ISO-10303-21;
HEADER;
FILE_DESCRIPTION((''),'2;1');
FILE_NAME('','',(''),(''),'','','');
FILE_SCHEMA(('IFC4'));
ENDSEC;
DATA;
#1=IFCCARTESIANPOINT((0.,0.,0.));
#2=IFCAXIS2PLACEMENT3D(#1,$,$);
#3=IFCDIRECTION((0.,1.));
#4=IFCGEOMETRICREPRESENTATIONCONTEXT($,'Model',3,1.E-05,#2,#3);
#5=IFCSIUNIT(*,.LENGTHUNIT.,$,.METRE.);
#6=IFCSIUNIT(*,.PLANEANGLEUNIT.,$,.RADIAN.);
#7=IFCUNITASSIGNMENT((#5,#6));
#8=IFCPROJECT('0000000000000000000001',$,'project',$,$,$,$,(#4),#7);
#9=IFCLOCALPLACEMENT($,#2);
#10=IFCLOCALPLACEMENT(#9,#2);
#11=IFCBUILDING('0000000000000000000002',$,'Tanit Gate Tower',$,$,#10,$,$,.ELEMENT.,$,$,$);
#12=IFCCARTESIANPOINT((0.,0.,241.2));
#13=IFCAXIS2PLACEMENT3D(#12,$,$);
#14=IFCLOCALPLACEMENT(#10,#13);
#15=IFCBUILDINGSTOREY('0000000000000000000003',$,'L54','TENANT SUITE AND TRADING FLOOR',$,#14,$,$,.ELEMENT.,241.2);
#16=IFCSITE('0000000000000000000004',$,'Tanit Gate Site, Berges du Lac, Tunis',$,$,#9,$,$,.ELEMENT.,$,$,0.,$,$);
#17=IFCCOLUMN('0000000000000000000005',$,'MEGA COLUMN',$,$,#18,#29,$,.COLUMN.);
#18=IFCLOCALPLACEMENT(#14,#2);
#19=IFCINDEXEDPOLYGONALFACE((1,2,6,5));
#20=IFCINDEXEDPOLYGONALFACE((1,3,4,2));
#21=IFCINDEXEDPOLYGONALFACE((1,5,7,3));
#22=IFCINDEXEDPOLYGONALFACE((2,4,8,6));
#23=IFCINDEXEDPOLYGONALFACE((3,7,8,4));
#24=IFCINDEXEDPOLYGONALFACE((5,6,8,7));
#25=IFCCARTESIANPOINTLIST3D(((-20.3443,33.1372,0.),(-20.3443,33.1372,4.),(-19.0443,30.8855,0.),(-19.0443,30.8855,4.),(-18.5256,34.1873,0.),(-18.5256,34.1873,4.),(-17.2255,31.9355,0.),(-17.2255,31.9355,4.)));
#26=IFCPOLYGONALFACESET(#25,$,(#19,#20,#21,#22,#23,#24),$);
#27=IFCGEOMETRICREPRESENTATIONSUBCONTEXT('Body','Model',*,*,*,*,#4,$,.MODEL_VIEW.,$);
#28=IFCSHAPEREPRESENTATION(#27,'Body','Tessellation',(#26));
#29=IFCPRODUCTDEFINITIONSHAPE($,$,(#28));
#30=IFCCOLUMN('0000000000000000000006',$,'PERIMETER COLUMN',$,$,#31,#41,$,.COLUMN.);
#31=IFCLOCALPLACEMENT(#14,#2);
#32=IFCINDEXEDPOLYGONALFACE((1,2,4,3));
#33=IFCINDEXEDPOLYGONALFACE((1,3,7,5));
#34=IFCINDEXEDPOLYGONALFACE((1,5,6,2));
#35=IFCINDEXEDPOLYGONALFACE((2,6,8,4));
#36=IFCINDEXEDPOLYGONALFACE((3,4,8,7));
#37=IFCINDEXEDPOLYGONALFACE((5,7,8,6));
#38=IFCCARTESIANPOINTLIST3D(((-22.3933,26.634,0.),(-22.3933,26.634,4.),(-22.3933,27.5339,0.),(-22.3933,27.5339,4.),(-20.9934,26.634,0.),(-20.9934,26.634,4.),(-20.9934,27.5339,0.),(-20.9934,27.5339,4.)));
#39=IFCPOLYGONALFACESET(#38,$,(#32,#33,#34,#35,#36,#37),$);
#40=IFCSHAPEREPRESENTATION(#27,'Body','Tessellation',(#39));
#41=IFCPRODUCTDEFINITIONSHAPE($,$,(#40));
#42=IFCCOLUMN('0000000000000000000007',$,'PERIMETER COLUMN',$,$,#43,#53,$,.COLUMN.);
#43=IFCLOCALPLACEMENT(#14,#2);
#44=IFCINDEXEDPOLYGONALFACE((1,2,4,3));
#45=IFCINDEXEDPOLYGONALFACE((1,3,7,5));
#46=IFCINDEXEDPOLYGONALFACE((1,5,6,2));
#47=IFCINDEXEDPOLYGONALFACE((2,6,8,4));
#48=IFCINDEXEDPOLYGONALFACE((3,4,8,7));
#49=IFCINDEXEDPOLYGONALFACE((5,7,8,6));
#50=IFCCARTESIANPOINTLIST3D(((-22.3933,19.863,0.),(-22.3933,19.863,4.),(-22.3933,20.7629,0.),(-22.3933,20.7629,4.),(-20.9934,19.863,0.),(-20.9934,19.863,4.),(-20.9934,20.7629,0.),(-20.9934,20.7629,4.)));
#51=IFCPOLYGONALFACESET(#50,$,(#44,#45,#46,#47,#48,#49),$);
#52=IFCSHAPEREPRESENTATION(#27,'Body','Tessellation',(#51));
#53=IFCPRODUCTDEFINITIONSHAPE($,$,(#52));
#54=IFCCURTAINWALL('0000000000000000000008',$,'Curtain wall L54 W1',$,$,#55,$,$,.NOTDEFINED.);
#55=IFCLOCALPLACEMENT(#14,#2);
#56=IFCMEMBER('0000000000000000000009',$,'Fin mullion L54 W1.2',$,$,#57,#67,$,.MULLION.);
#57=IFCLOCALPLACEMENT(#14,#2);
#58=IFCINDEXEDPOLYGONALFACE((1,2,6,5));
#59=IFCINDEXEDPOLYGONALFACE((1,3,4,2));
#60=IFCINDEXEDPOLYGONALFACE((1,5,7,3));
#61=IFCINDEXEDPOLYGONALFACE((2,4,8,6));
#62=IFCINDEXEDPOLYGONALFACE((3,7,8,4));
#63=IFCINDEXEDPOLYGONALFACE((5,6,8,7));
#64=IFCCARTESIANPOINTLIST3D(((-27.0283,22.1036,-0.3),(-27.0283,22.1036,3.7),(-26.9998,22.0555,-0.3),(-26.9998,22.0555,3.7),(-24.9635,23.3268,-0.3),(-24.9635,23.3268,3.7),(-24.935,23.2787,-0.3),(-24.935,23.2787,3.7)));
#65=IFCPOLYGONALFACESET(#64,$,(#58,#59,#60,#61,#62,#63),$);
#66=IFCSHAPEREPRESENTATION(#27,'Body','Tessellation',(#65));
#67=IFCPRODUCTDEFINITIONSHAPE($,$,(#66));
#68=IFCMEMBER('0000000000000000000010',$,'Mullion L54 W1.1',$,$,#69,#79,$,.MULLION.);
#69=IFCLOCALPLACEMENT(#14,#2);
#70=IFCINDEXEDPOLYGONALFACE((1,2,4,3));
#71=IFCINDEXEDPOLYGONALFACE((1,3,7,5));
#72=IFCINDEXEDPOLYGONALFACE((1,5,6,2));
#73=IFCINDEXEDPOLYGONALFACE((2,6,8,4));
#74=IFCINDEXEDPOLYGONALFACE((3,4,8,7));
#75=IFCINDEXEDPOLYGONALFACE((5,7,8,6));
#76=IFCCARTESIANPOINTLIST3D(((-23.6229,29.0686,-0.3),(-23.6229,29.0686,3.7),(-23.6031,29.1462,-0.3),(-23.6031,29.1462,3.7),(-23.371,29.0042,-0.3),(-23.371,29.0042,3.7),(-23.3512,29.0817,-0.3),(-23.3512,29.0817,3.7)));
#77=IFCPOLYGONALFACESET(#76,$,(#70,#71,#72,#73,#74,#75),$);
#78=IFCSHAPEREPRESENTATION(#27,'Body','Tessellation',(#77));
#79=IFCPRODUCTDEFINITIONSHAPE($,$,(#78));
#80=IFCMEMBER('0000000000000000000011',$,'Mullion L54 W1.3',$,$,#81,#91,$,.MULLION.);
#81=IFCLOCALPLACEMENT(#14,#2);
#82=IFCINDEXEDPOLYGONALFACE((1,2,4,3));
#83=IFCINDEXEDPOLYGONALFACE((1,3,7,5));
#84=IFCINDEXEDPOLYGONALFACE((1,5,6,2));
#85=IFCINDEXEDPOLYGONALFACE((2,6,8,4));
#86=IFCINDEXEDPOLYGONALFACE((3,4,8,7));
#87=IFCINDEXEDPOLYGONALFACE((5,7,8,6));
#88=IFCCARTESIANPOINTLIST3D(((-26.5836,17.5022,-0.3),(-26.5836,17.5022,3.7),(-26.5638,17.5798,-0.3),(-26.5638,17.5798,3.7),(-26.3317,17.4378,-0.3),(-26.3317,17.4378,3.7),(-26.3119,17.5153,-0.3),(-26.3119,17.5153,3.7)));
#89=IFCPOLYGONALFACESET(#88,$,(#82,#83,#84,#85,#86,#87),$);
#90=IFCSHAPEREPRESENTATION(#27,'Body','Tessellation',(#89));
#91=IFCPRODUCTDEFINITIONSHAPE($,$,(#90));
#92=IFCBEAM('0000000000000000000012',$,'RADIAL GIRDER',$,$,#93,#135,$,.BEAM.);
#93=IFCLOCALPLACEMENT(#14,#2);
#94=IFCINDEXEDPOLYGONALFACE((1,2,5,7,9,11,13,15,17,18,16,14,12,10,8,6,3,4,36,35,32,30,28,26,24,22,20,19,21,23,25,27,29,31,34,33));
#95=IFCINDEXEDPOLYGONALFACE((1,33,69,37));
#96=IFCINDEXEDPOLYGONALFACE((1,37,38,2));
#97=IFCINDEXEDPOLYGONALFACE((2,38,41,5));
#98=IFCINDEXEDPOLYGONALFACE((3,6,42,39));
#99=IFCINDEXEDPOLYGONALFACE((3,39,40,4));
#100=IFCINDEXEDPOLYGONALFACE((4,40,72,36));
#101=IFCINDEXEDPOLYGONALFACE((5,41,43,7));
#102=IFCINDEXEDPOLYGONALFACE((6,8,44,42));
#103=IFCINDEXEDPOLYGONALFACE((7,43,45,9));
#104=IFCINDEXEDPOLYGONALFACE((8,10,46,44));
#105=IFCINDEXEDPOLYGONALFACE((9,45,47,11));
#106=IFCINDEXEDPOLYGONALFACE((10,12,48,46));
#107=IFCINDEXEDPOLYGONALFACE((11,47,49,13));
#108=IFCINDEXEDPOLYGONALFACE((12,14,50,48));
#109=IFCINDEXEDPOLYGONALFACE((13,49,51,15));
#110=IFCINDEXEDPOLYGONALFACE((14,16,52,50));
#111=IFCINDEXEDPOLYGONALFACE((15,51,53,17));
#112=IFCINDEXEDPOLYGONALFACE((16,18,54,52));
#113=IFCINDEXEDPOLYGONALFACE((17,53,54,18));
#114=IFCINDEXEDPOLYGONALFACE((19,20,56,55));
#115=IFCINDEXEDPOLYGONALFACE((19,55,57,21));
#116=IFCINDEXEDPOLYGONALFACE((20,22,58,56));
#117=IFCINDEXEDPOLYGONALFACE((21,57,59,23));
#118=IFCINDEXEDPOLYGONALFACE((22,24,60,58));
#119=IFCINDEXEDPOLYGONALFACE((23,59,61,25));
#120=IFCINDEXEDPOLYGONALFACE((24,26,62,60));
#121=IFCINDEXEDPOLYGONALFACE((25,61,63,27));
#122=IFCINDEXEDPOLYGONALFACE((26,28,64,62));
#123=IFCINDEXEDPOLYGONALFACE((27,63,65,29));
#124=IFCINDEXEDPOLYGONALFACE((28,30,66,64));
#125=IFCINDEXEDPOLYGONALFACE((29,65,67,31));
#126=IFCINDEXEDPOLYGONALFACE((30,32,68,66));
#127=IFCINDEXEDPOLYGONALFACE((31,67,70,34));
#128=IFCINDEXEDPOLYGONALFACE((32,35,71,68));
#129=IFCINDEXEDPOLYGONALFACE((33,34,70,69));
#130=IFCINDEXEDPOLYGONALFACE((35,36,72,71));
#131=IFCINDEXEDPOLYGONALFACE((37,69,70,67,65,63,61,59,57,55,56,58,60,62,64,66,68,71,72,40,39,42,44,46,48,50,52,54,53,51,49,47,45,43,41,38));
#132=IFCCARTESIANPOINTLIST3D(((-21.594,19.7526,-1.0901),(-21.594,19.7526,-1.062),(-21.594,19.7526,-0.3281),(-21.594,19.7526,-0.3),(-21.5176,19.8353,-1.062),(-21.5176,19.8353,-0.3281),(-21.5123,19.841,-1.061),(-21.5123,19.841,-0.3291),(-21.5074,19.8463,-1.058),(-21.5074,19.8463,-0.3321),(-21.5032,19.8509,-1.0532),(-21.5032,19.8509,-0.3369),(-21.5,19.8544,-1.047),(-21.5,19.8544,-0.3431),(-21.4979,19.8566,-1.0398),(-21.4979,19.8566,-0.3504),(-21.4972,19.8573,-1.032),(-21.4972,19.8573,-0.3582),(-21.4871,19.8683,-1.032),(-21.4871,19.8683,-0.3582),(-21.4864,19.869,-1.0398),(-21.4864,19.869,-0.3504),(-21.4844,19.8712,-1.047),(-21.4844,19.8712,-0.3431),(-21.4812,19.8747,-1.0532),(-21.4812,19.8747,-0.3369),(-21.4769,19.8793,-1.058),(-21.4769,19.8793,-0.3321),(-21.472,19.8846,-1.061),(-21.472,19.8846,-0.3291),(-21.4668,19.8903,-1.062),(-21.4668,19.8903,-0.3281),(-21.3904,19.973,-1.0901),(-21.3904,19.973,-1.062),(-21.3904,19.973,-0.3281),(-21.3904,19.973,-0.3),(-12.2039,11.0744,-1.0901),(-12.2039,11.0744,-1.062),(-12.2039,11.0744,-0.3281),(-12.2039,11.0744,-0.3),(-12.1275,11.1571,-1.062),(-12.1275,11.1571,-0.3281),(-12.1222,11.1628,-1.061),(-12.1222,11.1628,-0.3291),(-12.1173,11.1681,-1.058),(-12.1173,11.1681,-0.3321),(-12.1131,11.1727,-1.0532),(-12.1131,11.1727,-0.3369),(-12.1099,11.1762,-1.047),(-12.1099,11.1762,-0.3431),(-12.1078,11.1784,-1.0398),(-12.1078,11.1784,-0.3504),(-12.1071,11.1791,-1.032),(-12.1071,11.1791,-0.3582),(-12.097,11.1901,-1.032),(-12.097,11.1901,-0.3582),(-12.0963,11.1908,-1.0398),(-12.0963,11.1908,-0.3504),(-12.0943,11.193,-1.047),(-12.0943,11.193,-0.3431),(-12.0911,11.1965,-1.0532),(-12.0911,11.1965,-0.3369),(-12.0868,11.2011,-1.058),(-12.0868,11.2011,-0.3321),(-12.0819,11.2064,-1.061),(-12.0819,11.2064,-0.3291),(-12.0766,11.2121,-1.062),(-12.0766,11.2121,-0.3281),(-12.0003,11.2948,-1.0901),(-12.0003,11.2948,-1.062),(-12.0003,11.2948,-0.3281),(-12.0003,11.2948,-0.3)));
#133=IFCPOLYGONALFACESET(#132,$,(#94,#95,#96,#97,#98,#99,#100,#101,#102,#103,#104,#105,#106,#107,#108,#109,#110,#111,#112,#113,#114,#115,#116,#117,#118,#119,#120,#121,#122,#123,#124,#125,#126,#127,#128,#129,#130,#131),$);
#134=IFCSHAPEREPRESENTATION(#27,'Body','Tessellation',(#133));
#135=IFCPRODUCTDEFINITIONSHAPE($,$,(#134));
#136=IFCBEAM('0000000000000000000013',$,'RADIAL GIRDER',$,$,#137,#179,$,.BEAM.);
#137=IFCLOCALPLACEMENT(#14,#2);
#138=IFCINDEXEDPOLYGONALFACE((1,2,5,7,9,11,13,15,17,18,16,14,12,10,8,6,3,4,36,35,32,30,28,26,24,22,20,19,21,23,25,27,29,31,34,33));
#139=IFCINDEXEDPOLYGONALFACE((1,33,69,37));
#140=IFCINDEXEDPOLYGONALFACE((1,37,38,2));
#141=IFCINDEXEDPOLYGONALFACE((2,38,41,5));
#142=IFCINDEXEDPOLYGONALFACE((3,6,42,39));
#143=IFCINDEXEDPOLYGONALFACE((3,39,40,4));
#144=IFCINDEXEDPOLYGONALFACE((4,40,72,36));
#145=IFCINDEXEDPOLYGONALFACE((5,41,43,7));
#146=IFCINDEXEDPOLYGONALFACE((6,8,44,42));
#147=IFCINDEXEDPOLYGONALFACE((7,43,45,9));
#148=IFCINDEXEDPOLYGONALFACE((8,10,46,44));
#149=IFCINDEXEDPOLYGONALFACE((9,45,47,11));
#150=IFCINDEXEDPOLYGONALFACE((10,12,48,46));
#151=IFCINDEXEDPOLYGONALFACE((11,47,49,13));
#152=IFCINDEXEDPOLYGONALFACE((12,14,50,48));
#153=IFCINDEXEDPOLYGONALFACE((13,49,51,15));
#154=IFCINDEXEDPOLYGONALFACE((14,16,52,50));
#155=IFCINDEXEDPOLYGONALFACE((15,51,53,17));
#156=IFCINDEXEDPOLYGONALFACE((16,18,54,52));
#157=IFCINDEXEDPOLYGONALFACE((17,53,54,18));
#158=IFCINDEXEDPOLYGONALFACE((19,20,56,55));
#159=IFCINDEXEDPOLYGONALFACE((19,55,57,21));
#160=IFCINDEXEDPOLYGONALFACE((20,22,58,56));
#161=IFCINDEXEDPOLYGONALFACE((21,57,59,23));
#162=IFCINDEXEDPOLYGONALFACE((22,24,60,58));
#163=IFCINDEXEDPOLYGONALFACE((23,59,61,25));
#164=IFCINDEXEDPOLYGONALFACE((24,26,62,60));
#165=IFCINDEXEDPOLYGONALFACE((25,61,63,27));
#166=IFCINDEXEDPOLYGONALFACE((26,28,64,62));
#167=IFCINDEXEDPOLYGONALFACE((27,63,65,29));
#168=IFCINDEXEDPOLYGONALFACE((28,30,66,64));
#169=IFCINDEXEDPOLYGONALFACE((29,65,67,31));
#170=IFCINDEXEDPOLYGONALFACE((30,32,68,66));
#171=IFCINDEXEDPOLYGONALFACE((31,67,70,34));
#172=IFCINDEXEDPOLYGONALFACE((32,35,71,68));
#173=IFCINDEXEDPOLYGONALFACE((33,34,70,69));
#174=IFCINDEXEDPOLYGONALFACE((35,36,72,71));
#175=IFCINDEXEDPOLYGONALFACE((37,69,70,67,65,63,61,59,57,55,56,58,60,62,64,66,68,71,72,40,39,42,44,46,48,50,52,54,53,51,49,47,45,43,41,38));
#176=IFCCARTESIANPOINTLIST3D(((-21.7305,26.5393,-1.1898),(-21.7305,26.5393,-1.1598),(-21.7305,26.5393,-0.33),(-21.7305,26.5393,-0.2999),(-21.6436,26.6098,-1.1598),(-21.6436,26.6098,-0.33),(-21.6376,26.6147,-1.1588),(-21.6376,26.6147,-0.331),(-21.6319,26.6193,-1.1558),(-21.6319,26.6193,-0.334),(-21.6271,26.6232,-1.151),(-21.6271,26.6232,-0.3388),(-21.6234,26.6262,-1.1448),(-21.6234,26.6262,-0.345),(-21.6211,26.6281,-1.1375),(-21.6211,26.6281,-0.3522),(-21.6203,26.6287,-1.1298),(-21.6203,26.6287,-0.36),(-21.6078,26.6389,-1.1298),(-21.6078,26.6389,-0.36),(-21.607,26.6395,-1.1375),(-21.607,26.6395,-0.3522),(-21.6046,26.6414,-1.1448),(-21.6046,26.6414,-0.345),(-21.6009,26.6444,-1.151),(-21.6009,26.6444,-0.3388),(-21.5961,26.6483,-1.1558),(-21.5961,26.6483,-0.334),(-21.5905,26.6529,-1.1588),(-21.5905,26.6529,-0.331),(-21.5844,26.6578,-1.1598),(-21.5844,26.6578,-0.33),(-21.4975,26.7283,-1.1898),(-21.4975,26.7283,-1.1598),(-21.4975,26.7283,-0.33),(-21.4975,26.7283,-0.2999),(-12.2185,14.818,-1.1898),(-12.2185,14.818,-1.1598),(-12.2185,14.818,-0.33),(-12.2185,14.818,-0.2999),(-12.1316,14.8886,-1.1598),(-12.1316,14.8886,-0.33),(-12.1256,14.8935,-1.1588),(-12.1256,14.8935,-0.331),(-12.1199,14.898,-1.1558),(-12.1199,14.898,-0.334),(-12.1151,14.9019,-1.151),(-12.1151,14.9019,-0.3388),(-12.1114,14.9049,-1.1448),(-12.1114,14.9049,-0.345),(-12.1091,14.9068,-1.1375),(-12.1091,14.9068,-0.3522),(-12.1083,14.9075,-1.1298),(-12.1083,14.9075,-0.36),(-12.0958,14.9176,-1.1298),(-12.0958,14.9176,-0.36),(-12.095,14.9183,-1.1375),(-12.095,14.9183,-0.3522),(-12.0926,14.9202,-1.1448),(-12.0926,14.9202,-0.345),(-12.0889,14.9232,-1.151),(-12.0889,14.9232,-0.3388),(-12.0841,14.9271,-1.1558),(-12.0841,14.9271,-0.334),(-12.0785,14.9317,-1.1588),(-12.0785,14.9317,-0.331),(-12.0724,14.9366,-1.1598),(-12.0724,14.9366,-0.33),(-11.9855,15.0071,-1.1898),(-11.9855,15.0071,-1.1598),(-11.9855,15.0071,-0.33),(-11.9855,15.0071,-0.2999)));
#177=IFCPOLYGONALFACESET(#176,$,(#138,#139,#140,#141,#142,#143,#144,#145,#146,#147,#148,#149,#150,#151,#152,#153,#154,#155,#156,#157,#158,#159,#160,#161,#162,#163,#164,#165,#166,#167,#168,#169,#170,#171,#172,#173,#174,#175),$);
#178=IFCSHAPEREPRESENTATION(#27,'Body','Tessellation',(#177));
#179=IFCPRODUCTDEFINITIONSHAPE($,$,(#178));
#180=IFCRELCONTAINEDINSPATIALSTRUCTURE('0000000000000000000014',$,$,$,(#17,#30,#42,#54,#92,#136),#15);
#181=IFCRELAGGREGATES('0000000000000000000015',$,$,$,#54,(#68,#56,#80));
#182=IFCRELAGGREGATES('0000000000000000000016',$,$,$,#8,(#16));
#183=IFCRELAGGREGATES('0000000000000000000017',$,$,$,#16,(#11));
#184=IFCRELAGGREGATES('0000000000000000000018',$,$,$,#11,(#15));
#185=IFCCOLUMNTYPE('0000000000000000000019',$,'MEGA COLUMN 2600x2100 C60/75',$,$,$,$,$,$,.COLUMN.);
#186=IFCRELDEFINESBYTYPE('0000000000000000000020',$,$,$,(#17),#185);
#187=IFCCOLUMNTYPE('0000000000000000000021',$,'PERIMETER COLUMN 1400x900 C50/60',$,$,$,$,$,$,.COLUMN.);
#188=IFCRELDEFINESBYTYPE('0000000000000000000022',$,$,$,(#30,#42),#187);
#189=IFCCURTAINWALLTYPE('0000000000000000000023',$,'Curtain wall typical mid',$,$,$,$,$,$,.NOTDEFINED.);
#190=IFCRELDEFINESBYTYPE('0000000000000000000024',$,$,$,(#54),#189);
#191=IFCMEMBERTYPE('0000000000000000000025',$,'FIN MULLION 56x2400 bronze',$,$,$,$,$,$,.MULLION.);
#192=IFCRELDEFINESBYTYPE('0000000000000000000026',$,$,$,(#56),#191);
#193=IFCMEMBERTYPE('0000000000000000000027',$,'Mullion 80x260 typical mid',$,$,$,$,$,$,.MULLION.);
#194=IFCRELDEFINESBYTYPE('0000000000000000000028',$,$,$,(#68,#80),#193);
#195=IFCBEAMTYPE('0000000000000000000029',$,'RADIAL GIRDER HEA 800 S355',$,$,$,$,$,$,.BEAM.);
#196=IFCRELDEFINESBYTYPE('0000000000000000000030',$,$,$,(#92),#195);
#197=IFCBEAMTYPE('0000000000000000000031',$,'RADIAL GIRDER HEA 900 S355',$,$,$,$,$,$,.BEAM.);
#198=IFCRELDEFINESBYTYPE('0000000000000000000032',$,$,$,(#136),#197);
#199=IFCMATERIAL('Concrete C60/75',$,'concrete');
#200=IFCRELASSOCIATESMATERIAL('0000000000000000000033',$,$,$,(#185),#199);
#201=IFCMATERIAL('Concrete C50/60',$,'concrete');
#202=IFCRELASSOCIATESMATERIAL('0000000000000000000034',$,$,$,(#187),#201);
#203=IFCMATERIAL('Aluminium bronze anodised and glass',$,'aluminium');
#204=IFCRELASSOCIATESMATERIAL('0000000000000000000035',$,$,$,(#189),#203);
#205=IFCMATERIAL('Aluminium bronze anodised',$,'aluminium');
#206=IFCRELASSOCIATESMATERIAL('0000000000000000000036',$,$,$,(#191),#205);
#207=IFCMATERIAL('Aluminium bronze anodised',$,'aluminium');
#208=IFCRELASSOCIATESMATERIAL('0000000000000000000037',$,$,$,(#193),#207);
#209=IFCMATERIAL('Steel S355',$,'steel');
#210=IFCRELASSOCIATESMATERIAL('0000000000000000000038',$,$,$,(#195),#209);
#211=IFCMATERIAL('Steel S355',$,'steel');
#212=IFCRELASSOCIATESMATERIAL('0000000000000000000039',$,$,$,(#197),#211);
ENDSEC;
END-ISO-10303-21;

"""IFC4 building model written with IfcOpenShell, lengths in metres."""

from ifc_helpers import new_model, si_unit, direction, frame, origin, origin_2d, place, context, subcontext, project, spatial, rectangle, i_section, extrude, material, material_profile, profile_set, type_object, element, aggregate, save


model = new_model("IFC4")

# Units and contexts
model_context = context("Model", 3, precision=1e-05, world=origin(), true_north=direction((0.0, 1.0)))
body_context = subcontext(model_context, "Body", "Model", "MODEL_VIEW")
ifc_project = project(units=[si_unit("LENGTHUNIT", "METRE"), si_unit("PLANEANGLEUNIT", "RADIAN")], contexts=[model_context])

# Site, building, storey
site_placement = place(None, origin())
site = spatial("IfcSite", under=ifc_project, at=site_placement, Name="Tanit Gate Site, Berges du Lac, Tunis", CompositionType="ELEMENT", RefElevation=0.0)
building_placement = place(site_placement, origin())
building = spatial("IfcBuilding", under=site, at=building_placement, Name="Tanit Gate Tower", CompositionType="ELEMENT")
storey_placement = place(building_placement, frame((0.0, 0.0, 241.2)))
storey = spatial("IfcBuildingStorey", under=building, at=storey_placement, Name="L54", Description="TENANT SUITE AND TRADING FLOOR", CompositionType="ELEMENT", Elevation=241.2)

# Columns
ifc_material_1 = material(Name="Concrete C60/75", Category="concrete")
ifc_material_profile_1 = material_profile(ifc_material_1, rectangle(XDim=2.6001, YDim=2.1001, at=origin_2d()), Name="RC 2600x2100")
ifc_profile_set_1 = profile_set([ifc_material_profile_1], Name="Concrete C60/75")
column_type_1 = type_object("IfcColumnType", Name="MEGA COLUMN 2600x2100 C60/75", PredefinedType="COLUMN", material=ifc_profile_set_1)
column_placement = place(storey_placement, frame((-18.7849, 32.5364, 0.0), z_axis=(0.0, 0.0, 1.0), x_axis=(-0.5, 0.866025, 0.0)))
element("IfcColumn", 1, at=column_placement, inside=storey, type_object=column_type_1, Name="MEGA COLUMN", PredefinedType="COLUMN", context=body_context, shape_type="SweptSolid", body=[
    extrude(rectangle(XDim=2.6001, YDim=2.1001, at=origin_2d()), origin(), (0.0, 0.0, 1.0), 4.0),
])
ifc_material_2 = material(Name="Concrete C50/60", Category="concrete")
ifc_material_profile_2 = material_profile(ifc_material_2, rectangle(XDim=1.3999, YDim=0.8999, at=origin_2d()), Name="RC 1400x900")
ifc_profile_set_2 = profile_set([ifc_material_profile_2], Name="Concrete C50/60")
column_type_2 = type_object("IfcColumnType", Name="PERIMETER COLUMN 1400x900 C50/60", PredefinedType="COLUMN", material=ifc_profile_set_2)
for number, where, z_axis, x_axis, name in (
    (2, (-21.6934, 27.084, 0.0), (0.0, 0.0, 1.0), (-1.0, 0.0, 0.0), "PERIMETER COLUMN"),
    (3, (-21.6934, 20.313, 0.0), (0.0, 0.0, 1.0), (-1.0, 0.0, 0.0), "PERIMETER COLUMN"),
):
    element("IfcColumn", number, at=place(storey_placement, frame(where, z_axis=z_axis, x_axis=x_axis)), inside=storey, type_object=column_type_2, Name=name, PredefinedType="COLUMN", context=body_context, shape_type="SweptSolid", body=[
        extrude(rectangle(XDim=1.3999, YDim=0.8999, at=origin_2d()), origin(), (0.0, 0.0, 1.0), 4.0),
    ])

# Curtain wall, members
ifc_material_3 = material(Name="Aluminium bronze anodised and glass", Category="aluminium")
curtain_wall_type = type_object("IfcCurtainWallType", Name="Curtain wall typical mid", PredefinedType="NOTDEFINED", material=ifc_material_3)
curtain_wall_placement = place(storey_placement, origin())
curtain_wall = element("IfcCurtainWall", 4, at=curtain_wall_placement, inside=storey, type_object=curtain_wall_type, Name="Curtain wall L54 W1", PredefinedType="NOTDEFINED")
ifc_material_4 = material(Name="Aluminium bronze anodised", Category="aluminium")
ifc_material_profile_3 = material_profile(ifc_material_4, rectangle(XDim=2.3999, YDim=0.0559, at=origin_2d()), Name="56x2400 bronze fin mullion")
ifc_profile_set_3 = profile_set([ifc_material_profile_3], Name="Aluminium bronze anodised")
member_type_1 = type_object("IfcMemberType", Name="FIN MULLION 56x2400 bronze", PredefinedType="MULLION", material=ifc_profile_set_3)
member_1_placement = place(storey_placement, frame((-25.9817, 22.6912, -0.3), z_axis=(0.0, 0.0, 1.0), x_axis=(0.860366, 0.509678, 0.0)))
member_1 = element("IfcMember", 5, at=member_1_placement, type_object=member_type_1, Name="Fin mullion L54 W1.2", PredefinedType="MULLION", context=body_context, shape_type="SweptSolid", body=[
    extrude(rectangle(XDim=2.3999, YDim=0.0559, at=origin_2d()), origin(), (0.0, 0.0, 1.0), 4.0),
])
ifc_material_5 = material(Name="Aluminium bronze anodised", Category="aluminium")
ifc_material_profile_4 = material_profile(ifc_material_5, rectangle(XDim=0.26, YDim=0.0801, at=origin_2d()), Name="80x260 bronze mullion")
ifc_profile_set_4 = profile_set([ifc_material_profile_4], Name="Aluminium bronze anodised")
member_type_2 = type_object("IfcMemberType", Name="Mullion 80x260 typical mid", PredefinedType="MULLION", material=ifc_profile_set_4)
member_2_placement = place(storey_placement, frame((-23.4871, 29.0752, -0.3), z_axis=(0.0, 0.0, 1.0), x_axis=(0.968767, -0.247974, 0.0)))
member_2 = element("IfcMember", 6, at=member_2_placement, type_object=member_type_2, Name="Mullion L54 W1.1", PredefinedType="MULLION", context=body_context, shape_type="SweptSolid", body=[
    extrude(rectangle(XDim=0.26, YDim=0.0801, at=origin_2d()), origin(), (0.0, 0.0, 1.0), 4.0),
])
member_3_placement = place(storey_placement, frame((-26.4478, 17.5088, -0.3), z_axis=(0.0, 0.0, 1.0), x_axis=(0.968767, -0.247974, 0.0)))
member_3 = element("IfcMember", 7, at=member_3_placement, type_object=member_type_2, Name="Mullion L54 W1.3", PredefinedType="MULLION", context=body_context, shape_type="SweptSolid", body=[
    extrude(rectangle(XDim=0.26, YDim=0.0801, at=origin_2d()), origin(), (0.0, 0.0, 1.0), 4.0),
])

# Beams
ifc_material_6 = material(Name="Steel S355", Category="steel")
ifc_material_profile_5 = material_profile(ifc_material_6, i_section(OverallWidth=0.3, OverallDepth=0.79, WebThickness=0.0149, FlangeThickness=0.0281, FilletRadius=0.03, at=origin_2d()), Name="HEA 800")
ifc_profile_set_5 = profile_set([ifc_material_profile_5], Name="Steel S355")
beam_type_1 = type_object("IfcBeamType", Name="RADIAL GIRDER HEA 800 S355", PredefinedType="BEAM", material=ifc_profile_set_5)
beam_1_placement = place(storey_placement, frame((-21.4922, 19.8628, -0.6951), z_axis=(0.734398, -0.678719, 0.0), x_axis=(0.678719, 0.734398, 0.0)))
element("IfcBeam", 8, at=beam_1_placement, inside=storey, type_object=beam_type_1, Name="RADIAL GIRDER", PredefinedType="BEAM", context=body_context, shape_type="SweptSolid", body=[
    extrude(i_section(OverallWidth=0.3, OverallDepth=0.79, WebThickness=0.0149, FlangeThickness=0.0281, FilletRadius=0.03, at=origin_2d()), origin(), (0.0, 0.0, 1.0), 12.7861),
])
ifc_material_7 = material(Name="Steel S355", Category="steel")
ifc_material_profile_6 = material_profile(ifc_material_7, i_section(OverallWidth=0.3, OverallDepth=0.8899, WebThickness=0.0161, FlangeThickness=0.03, FilletRadius=0.03, at=origin_2d()), Name="HEA 900")
ifc_profile_set_6 = profile_set([ifc_material_profile_6], Name="Steel S355")
beam_type_2 = type_object("IfcBeamType", Name="RADIAL GIRDER HEA 900 S355", PredefinedType="BEAM", material=ifc_profile_set_6)
beam_2_placement = place(storey_placement, frame((-21.614, 26.6338, -0.7449), z_axis=(0.630133, -0.776487, 0.0), x_axis=(0.776487, 0.630133, 0.0)))
element("IfcBeam", 9, at=beam_2_placement, inside=storey, type_object=beam_type_2, Name="RADIAL GIRDER", PredefinedType="BEAM", context=body_context, shape_type="SweptSolid", body=[
    extrude(i_section(OverallWidth=0.3, OverallDepth=0.8899, WebThickness=0.0161, FlangeThickness=0.03, FilletRadius=0.03, at=origin_2d()), origin(), (0.0, 0.0, 1.0), 15.0952),
])

aggregate(curtain_wall, [member_2, member_1, member_3])

save(model, "model.ifc")
